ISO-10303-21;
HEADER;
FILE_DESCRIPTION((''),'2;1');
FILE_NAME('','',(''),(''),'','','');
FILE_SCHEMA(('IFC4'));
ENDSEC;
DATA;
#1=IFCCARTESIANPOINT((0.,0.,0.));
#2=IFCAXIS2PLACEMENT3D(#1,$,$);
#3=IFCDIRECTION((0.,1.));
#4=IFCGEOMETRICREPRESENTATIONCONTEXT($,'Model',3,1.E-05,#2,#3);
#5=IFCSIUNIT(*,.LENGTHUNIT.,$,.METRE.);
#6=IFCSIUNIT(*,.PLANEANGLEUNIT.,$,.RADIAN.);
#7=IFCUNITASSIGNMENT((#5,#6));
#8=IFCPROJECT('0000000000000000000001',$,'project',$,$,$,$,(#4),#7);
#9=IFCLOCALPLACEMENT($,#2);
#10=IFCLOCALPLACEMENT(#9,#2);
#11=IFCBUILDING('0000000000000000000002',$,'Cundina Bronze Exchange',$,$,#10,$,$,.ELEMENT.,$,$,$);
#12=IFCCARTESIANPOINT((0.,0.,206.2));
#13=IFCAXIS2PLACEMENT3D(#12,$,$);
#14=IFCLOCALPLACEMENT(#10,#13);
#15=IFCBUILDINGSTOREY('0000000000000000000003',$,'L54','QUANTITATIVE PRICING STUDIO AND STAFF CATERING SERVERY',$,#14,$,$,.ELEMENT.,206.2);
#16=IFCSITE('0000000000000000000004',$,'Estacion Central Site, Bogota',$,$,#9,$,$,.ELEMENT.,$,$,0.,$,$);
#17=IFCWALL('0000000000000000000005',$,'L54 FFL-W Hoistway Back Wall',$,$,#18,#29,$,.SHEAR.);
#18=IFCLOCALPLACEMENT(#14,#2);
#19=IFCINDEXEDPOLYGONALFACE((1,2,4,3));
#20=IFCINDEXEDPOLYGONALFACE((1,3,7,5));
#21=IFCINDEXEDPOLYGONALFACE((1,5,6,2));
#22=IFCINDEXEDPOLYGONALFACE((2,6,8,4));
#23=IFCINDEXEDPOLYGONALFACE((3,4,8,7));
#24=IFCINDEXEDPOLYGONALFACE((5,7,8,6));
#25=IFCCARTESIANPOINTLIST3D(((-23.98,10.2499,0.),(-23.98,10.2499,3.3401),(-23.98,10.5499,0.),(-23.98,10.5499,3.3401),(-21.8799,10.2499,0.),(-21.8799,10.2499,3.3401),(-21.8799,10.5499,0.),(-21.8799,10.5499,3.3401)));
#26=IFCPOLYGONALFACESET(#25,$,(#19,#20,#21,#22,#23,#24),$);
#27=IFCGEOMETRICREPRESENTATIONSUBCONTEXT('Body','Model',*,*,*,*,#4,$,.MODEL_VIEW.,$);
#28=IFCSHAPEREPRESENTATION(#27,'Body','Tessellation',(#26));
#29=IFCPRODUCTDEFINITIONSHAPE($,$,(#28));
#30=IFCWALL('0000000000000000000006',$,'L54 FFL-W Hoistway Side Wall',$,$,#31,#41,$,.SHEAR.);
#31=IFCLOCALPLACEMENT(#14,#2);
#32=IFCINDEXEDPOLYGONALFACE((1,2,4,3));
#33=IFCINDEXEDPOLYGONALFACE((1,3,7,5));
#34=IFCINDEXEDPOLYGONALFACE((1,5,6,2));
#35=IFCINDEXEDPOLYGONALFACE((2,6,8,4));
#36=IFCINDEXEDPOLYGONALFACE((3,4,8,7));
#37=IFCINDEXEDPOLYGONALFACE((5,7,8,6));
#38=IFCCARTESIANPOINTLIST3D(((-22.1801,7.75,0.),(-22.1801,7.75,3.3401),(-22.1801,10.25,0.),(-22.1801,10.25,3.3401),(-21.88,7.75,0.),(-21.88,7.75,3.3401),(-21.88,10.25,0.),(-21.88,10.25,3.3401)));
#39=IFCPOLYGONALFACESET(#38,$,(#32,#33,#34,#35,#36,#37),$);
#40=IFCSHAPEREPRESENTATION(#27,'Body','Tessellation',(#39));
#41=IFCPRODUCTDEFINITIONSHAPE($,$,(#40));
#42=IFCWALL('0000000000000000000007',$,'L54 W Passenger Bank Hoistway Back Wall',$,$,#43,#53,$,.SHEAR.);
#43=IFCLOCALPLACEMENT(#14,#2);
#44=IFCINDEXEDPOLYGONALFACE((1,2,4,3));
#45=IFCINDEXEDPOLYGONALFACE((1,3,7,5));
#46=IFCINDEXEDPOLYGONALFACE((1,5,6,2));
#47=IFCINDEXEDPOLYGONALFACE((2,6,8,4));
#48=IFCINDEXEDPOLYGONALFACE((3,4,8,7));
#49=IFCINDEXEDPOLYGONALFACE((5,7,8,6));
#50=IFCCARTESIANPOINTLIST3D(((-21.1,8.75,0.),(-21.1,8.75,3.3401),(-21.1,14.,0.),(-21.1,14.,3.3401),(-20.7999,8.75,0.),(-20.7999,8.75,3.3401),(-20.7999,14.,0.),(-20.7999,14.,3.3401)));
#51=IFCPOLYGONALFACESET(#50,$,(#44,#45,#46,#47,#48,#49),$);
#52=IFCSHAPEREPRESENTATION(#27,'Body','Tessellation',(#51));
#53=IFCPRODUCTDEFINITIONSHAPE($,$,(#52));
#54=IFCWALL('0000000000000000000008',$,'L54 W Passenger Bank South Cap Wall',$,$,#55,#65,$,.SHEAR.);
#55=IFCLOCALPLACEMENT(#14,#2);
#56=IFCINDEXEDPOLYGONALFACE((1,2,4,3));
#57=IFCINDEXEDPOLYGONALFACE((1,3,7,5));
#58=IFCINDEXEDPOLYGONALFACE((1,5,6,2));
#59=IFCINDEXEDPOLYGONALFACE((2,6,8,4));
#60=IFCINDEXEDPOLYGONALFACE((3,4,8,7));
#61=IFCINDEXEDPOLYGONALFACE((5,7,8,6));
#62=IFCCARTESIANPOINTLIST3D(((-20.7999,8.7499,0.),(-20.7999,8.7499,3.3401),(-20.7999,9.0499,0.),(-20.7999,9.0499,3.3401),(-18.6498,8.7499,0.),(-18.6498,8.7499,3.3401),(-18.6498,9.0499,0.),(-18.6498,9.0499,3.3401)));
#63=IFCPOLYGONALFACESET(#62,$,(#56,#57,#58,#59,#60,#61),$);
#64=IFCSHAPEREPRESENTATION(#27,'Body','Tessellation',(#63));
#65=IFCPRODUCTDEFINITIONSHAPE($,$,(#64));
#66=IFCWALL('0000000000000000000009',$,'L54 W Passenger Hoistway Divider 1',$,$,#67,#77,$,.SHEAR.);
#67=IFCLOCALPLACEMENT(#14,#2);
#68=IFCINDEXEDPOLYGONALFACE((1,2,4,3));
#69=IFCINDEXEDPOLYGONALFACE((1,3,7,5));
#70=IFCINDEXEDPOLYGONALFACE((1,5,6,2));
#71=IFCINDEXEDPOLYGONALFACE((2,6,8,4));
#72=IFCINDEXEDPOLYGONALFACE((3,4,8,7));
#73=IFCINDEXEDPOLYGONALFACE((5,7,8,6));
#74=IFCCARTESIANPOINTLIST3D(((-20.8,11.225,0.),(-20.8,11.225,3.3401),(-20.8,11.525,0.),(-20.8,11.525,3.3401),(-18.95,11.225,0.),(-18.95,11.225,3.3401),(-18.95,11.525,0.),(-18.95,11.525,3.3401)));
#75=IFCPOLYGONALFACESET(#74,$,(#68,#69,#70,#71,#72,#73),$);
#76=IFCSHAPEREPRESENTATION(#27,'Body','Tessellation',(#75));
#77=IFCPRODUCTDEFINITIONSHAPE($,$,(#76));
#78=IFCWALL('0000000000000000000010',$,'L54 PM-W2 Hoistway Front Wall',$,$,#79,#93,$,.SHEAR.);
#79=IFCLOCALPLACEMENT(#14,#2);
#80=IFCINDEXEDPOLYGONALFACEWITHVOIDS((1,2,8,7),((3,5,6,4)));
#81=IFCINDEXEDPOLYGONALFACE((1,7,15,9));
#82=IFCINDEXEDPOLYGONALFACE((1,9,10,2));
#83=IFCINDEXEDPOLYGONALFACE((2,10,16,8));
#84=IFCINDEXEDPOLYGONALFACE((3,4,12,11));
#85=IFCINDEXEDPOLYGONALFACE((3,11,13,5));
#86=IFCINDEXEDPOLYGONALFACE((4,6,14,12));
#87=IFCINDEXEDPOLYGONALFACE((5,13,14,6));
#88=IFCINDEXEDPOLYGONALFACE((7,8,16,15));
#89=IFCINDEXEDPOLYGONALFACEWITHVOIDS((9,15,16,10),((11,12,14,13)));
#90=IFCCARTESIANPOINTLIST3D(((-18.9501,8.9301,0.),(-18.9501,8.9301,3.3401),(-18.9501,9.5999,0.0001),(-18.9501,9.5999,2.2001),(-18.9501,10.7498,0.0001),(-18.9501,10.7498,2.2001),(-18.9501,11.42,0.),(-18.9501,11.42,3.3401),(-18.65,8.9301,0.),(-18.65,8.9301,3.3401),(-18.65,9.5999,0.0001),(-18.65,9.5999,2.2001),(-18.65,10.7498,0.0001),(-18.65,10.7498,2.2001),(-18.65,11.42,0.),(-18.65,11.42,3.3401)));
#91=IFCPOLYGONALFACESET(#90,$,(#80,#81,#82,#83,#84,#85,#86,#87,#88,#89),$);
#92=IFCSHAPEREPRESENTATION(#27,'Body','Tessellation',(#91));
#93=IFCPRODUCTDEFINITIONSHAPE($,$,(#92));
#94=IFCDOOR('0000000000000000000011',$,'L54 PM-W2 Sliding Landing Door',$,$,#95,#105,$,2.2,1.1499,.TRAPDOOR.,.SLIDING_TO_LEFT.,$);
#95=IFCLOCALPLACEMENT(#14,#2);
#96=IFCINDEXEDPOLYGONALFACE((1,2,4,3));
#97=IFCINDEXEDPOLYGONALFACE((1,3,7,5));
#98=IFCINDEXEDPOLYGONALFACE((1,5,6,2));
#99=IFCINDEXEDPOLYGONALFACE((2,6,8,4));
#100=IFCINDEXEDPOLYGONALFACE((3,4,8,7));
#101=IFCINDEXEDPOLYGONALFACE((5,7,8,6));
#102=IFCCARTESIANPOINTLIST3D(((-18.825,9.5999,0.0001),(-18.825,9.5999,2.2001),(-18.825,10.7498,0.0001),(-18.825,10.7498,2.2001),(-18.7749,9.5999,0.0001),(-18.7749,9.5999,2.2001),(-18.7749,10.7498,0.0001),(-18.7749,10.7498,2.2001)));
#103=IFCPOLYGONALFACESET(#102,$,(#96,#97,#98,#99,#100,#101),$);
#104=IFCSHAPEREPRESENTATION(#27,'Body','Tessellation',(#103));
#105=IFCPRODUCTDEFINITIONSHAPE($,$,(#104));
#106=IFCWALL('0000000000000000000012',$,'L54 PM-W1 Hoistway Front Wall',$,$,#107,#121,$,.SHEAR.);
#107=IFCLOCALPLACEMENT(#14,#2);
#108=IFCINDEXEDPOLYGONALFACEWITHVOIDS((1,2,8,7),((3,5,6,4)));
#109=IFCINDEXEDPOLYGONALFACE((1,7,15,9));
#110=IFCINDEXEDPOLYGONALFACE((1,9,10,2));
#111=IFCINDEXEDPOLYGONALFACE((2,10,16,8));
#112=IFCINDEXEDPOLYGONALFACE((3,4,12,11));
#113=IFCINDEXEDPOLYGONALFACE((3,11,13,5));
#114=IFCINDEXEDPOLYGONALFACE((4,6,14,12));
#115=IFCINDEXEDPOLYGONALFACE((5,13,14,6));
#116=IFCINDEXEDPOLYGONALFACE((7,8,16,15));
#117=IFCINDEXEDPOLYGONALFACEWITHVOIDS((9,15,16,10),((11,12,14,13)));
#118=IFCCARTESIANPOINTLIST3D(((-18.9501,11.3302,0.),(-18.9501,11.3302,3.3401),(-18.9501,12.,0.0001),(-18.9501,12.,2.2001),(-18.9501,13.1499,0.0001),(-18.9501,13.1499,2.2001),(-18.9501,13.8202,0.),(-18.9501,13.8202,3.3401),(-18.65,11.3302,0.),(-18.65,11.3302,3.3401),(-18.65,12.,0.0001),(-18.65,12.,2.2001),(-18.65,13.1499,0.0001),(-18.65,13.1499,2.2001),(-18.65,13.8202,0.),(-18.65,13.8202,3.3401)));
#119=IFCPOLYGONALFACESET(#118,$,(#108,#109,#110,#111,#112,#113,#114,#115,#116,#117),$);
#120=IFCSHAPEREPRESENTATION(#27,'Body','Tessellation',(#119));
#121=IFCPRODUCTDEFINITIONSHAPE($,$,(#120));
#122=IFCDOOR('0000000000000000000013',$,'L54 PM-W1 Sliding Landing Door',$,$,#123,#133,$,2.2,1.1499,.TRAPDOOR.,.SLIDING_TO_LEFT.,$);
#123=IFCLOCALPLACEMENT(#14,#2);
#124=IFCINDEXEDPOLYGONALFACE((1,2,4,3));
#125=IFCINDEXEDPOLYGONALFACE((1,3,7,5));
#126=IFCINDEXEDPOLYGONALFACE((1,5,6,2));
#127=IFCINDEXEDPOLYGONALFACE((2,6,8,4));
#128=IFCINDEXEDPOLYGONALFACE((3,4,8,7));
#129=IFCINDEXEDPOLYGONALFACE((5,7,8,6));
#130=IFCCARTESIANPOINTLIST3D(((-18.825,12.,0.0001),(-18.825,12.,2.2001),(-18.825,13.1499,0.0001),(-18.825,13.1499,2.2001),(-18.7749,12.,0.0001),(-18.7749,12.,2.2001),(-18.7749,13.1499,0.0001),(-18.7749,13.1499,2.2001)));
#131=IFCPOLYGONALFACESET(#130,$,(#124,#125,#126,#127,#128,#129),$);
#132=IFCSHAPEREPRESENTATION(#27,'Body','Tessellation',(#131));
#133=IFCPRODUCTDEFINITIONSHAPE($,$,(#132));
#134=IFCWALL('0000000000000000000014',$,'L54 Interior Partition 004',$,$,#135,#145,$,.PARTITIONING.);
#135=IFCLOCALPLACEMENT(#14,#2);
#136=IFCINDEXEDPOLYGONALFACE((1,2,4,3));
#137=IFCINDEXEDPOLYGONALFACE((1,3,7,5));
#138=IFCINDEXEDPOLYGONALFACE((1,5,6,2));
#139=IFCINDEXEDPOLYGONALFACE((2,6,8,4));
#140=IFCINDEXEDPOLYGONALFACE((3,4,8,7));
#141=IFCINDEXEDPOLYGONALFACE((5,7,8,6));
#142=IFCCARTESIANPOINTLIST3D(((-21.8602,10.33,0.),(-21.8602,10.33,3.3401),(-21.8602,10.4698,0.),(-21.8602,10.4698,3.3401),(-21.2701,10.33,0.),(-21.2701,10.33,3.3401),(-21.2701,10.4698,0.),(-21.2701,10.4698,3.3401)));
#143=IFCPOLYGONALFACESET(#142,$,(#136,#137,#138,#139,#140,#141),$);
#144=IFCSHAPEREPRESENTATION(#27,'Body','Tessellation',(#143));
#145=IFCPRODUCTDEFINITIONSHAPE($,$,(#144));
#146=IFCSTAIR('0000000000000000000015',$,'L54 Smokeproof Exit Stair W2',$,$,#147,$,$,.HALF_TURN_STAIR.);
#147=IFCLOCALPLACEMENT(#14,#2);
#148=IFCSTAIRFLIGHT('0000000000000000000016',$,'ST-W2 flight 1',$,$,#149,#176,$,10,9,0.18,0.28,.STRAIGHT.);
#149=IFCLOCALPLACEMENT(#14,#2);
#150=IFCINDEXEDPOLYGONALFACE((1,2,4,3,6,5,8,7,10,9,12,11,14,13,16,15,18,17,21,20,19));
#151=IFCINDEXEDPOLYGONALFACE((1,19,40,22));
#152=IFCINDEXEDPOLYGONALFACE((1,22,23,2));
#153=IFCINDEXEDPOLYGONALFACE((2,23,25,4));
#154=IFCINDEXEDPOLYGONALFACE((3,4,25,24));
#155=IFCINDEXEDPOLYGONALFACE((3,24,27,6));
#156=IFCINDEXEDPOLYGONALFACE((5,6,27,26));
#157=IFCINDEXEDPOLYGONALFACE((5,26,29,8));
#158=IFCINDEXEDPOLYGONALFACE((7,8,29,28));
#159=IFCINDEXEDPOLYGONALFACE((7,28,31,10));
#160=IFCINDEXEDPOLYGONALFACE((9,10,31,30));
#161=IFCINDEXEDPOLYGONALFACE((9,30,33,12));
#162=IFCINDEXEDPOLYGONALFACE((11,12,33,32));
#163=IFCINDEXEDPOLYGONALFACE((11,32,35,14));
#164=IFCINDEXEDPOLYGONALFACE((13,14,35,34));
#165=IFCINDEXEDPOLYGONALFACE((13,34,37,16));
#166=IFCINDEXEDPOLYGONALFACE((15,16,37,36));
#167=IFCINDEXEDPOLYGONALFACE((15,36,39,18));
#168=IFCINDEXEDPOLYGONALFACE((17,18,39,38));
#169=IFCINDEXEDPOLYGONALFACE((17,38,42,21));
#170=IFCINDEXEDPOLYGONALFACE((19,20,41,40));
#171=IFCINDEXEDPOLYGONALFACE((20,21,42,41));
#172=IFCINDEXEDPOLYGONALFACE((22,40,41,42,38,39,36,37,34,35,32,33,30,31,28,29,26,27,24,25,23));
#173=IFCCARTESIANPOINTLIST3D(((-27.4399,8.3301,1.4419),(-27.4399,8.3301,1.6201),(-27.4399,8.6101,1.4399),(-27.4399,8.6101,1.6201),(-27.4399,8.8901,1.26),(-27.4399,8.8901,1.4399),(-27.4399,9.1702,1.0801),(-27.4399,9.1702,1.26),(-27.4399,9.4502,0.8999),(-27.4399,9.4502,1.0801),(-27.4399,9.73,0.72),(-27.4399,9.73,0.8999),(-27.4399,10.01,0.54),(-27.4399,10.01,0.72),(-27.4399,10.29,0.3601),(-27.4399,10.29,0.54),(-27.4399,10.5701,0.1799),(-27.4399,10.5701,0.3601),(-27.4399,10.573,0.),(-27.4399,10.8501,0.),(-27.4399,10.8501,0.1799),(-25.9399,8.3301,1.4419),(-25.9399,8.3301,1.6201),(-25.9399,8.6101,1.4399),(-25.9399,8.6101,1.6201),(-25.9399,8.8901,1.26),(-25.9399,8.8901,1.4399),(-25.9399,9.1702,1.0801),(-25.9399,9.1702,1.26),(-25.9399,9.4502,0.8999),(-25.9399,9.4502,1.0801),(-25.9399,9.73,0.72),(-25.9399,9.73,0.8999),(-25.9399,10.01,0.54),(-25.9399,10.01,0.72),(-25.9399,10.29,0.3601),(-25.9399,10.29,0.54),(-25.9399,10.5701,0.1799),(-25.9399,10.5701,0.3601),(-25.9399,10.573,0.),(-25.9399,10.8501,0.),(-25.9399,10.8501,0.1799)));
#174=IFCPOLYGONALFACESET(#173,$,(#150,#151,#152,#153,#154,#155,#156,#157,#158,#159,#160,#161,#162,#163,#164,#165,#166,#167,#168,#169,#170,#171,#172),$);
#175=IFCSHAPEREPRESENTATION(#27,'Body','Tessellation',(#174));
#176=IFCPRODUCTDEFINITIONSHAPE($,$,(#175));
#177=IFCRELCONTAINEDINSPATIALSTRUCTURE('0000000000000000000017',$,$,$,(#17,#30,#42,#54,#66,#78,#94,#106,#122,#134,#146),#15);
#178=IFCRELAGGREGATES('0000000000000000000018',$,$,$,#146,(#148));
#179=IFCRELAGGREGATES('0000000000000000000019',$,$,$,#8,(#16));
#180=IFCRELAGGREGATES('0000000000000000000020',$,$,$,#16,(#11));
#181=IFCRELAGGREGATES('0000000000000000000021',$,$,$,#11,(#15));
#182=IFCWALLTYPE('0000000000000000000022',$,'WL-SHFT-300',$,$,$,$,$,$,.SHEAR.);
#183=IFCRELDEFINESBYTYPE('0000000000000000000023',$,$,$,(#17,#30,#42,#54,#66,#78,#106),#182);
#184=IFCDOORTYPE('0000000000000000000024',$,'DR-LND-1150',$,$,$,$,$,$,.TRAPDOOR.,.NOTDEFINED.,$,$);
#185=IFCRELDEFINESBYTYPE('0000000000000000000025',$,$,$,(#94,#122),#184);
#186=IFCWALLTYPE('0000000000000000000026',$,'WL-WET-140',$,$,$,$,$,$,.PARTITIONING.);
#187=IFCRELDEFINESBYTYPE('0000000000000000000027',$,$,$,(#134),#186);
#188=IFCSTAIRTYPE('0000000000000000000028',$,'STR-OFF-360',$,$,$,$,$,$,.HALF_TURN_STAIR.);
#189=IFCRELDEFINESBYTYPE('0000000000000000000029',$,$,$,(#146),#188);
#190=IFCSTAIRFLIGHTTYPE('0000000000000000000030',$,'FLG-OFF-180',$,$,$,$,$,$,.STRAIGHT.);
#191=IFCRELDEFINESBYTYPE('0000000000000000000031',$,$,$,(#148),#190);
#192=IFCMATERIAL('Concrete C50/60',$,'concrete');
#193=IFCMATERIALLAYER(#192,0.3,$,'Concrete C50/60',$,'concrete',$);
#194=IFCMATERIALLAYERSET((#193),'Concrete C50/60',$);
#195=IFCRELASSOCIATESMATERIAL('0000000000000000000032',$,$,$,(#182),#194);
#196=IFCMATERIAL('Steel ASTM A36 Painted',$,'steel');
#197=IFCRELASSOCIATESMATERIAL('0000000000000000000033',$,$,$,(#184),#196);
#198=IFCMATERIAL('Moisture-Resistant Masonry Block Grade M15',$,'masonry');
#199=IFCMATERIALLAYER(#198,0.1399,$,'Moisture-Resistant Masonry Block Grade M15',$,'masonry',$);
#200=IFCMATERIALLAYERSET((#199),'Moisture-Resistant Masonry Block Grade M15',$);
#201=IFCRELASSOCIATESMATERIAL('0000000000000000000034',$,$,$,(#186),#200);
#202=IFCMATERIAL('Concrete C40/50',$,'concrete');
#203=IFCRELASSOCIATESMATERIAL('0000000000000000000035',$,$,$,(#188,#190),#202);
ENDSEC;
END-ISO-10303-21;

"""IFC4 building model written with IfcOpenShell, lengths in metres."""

from ifc_helpers import new_model, si_unit, direction, frame, frame_2d, origin, place, context, subcontext, project, spatial, polyline, rectangle, outline, extrude, material, layer, layer_set, type_object, element, fill, aggregate, save


model = new_model("IFC4")

# Units and contexts
model_context = context("Model", 3, precision=1e-05, world=origin(), true_north=direction((0.0, 1.0)))
body_context = subcontext(model_context, "Body", "Model", "MODEL_VIEW")
ifc_project = project(units=[si_unit("LENGTHUNIT", "METRE"), si_unit("PLANEANGLEUNIT", "RADIAN")], contexts=[model_context])

# Site, building, storey
site_placement = place(None, origin())
site = spatial("IfcSite", under=ifc_project, at=site_placement, Name="Estacion Central Site, Bogota", CompositionType="ELEMENT", RefElevation=0.0)
building_placement = place(site_placement, origin())
building = spatial("IfcBuilding", under=site, at=building_placement, Name="Cundina Bronze Exchange", CompositionType="ELEMENT")
storey_placement = place(building_placement, frame((0.0, 0.0, 206.2)))
storey = spatial("IfcBuildingStorey", under=building, at=storey_placement, Name="L54", Description="QUANTITATIVE PRICING STUDIO AND STAFF CATERING SERVERY", CompositionType="ELEMENT", Elevation=206.2)

# Shared definitions
ifc_material_1 = material(Name="Concrete C50/60", Category="concrete")

# Shared definitions
ifc_layer_1 = layer(ifc_material_1, 0.3, Name="Concrete C50/60", Category="concrete")
ifc_layer_set_1 = layer_set([ifc_layer_1], Name="Concrete C50/60")
wall_type_1 = type_object("IfcWallType", Name="WL-SHFT-300", PredefinedType="SHEAR", material=ifc_layer_set_1)
ifc_material_2 = material(Name="Steel ASTM A36 Painted", Category="steel")
door_type_1 = type_object("IfcDoorType", Name="DR-LND-1150", OperationType="NOTDEFINED", PredefinedType="TRAPDOOR", material=ifc_material_2)

# Walls
wall_1_placement = place(storey_placement, frame((-23.98, 10.3999, 0.0), z_axis=(0.0, 0.0, 1.0), x_axis=(1.0, 0.0, 0.0)))
element("IfcWall", 1, at=wall_1_placement, inside=storey, type_object=wall_type_1, Name="L54 FFL-W Hoistway Back Wall", PredefinedType="SHEAR", context=body_context, shape_type="SweptSolid", body=[
    extrude(rectangle(XDim=2.1001, YDim=0.3, at=frame_2d((1.05, 0.0))), origin(), (0.0, 0.0, 1.0), 3.3401),
])
wall_2_placement = place(storey_placement, frame((-22.03, 7.75, 0.0), z_axis=(0.0, 0.0, 1.0), x_axis=(0.0, 1.0, 0.0)))
element("IfcWall", 2, at=wall_2_placement, inside=storey, type_object=wall_type_1, Name="L54 FFL-W Hoistway Side Wall", PredefinedType="SHEAR", context=body_context, shape_type="SweptSolid", body=[
    extrude(rectangle(XDim=2.5, YDim=0.3, at=frame_2d((1.25, 0.0))), origin(), (0.0, 0.0, 1.0), 3.3401),
])
wall_3_placement = place(storey_placement, frame((-20.95, 8.75, 0.0), z_axis=(0.0, 0.0, 1.0), x_axis=(0.0, 1.0, 0.0)))
element("IfcWall", 3, at=wall_3_placement, inside=storey, type_object=wall_type_1, Name="L54 W Passenger Bank Hoistway Back Wall", PredefinedType="SHEAR", context=body_context, shape_type="SweptSolid", body=[
    extrude(rectangle(XDim=5.25, YDim=0.3, at=frame_2d((2.625, 0.0))), origin(), (0.0, 0.0, 1.0), 3.3401),
])
wall_4_placement = place(storey_placement, frame((-20.8, 8.8999, 0.0), z_axis=(0.0, 0.0, 1.0), x_axis=(1.0, 0.0, 0.0)))
element("IfcWall", 4, at=wall_4_placement, inside=storey, type_object=wall_type_1, Name="L54 W Passenger Bank South Cap Wall", PredefinedType="SHEAR", context=body_context, shape_type="SweptSolid", body=[
    extrude(rectangle(XDim=2.1501, YDim=0.3, at=frame_2d((1.0752, 0.0))), origin(), (0.0, 0.0, 1.0), 3.3401),
])
wall_5_placement = place(storey_placement, frame((-20.8, 11.375, 0.0), z_axis=(0.0, 0.0, 1.0), x_axis=(1.0, 0.0, 0.0)))
element("IfcWall", 5, at=wall_5_placement, inside=storey, type_object=wall_type_1, Name="L54 W Passenger Hoistway Divider 1", PredefinedType="SHEAR", context=body_context, shape_type="SweptSolid", body=[
    extrude(rectangle(XDim=1.8501, YDim=0.3, at=frame_2d((0.925, 0.0))), origin(), (0.0, 0.0, 1.0), 3.3401),
])

# Walls, openings, doors
wall_6_placement = place(storey_placement, frame((-18.8, 8.9299, 0.0), z_axis=(0.0, 0.0, 1.0), x_axis=(0.0, 1.0, 0.0)))
wall_6 = element("IfcWall", 6, at=wall_6_placement, inside=storey, type_object=wall_type_1, Name="L54 PM-W2 Hoistway Front Wall", PredefinedType="SHEAR", context=body_context, shape_type="SweptSolid", body=[
    extrude(rectangle(XDim=2.49, YDim=0.3, at=frame_2d((1.2451, 0.0))), origin(), (0.0, 0.0, 1.0), 3.3401),
])
opening_1_placement = place(wall_6_placement, frame((0.6699, 0.0, 0.0)))
opening_1 = element("IfcOpeningElement", 7, at=opening_1_placement, cuts=wall_6, PredefinedType="OPENING", context=body_context, shape_type="SweptSolid", body=[
    extrude(rectangle(XDim=1.1499, YDim=2.2, at=frame_2d((0.575, 1.1001))), frame((0.0, 0.1599, 0.0), z_axis=(0.0, -1.0, 0.0), x_axis=(1.0, 0.0, 0.0)), (0.0, 0.0, 1.0), 0.3201),
])
door_1_placement = place(opening_1_placement, origin())
door_1 = element("IfcDoor", 8, at=door_1_placement, inside=storey, type_object=door_type_1, Name="L54 PM-W2 Sliding Landing Door", OperationType="SLIDING_TO_LEFT", OverallHeight=2.2, OverallWidth=1.1499, PredefinedType="TRAPDOOR", context=body_context, shape_type="SweptSolid", body=[
    extrude(rectangle(XDim=1.1499, YDim=2.2, at=frame_2d((0.575, 1.1001))), frame((0.0, 0.0249, 0.0), z_axis=(0.0, -1.0, 0.0), x_axis=(1.0, 0.0, 0.0)), (0.0, 0.0, 1.0), 0.05),
])
fill(opening_1, door_1)
wall_7_placement = place(storey_placement, frame((-18.8, 11.3301, 0.0), z_axis=(0.0, 0.0, 1.0), x_axis=(0.0, 1.0, 0.0)))
wall_7 = element("IfcWall", 9, at=wall_7_placement, inside=storey, type_object=wall_type_1, Name="L54 PM-W1 Hoistway Front Wall", PredefinedType="SHEAR", context=body_context, shape_type="SweptSolid", body=[
    extrude(rectangle(XDim=2.49, YDim=0.3, at=frame_2d((1.2451, 0.0))), origin(), (0.0, 0.0, 1.0), 3.3401),
])
opening_2_placement = place(wall_7_placement, frame((0.6699, 0.0, 0.0)))
opening_2 = element("IfcOpeningElement", 10, at=opening_2_placement, cuts=wall_7, PredefinedType="OPENING", context=body_context, shape_type="SweptSolid", body=[
    extrude(rectangle(XDim=1.1499, YDim=2.2, at=frame_2d((0.575, 1.1001))), frame((0.0, 0.1599, 0.0), z_axis=(0.0, -1.0, 0.0), x_axis=(1.0, 0.0, 0.0)), (0.0, 0.0, 1.0), 0.3201),
])
door_2_placement = place(opening_2_placement, origin())
door_2 = element("IfcDoor", 11, at=door_2_placement, inside=storey, type_object=door_type_1, Name="L54 PM-W1 Sliding Landing Door", OperationType="SLIDING_TO_LEFT", OverallHeight=2.2, OverallWidth=1.1499, PredefinedType="TRAPDOOR", context=body_context, shape_type="SweptSolid", body=[
    extrude(rectangle(XDim=1.1499, YDim=2.2, at=frame_2d((0.575, 1.1001))), frame((0.0, 0.0249, 0.0), z_axis=(0.0, -1.0, 0.0), x_axis=(1.0, 0.0, 0.0)), (0.0, 0.0, 1.0), 0.05),
])
fill(opening_2, door_2)

# Wall
ifc_material_3 = material(Name="Moisture-Resistant Masonry Block Grade M15", Category="masonry")
ifc_layer_2 = layer(ifc_material_3, 0.1399, Name="Moisture-Resistant Masonry Block Grade M15", Category="masonry")
ifc_layer_set_2 = layer_set([ifc_layer_2], Name="Moisture-Resistant Masonry Block Grade M15")
wall_type_2 = type_object("IfcWallType", Name="WL-WET-140", PredefinedType="PARTITIONING", material=ifc_layer_set_2)
wall_8_placement = place(storey_placement, frame((-21.8601, 10.3999, 0.0), z_axis=(0.0, 0.0, 1.0), x_axis=(1.0, 0.0, 0.0)))
element("IfcWall", 12, at=wall_8_placement, inside=storey, type_object=wall_type_2, Name="L54 Interior Partition 004", PredefinedType="PARTITIONING", context=body_context, shape_type="SweptSolid", body=[
    extrude(rectangle(XDim=0.5901, YDim=0.1399, at=frame_2d((0.2949, 0.0))), origin(), (0.0, 0.0, 1.0), 3.3401),
])

# Stair, stair flight
ifc_material_4 = material(Name="Concrete C40/50", Category="concrete")
stair_type = type_object("IfcStairType", Name="STR-OFF-360", PredefinedType="HALF_TURN_STAIR", material=ifc_material_4)
stair_placement = place(storey_placement, origin())
stair = element("IfcStair", 13, at=stair_placement, inside=storey, type_object=stair_type, Name="L54 Smokeproof Exit Stair W2", PredefinedType="HALF_TURN_STAIR")
stair_flight_type = type_object("IfcStairFlightType", Name="FLG-OFF-180", PredefinedType="STRAIGHT", material=ifc_material_4)
stair_flight_1_placement = place(storey_placement, frame((-26.6899, 10.8501, 0.0), z_axis=(0.0, 0.0, 1.0), x_axis=(0.0, -1.0, 0.0)))
stair_flight_1 = element("IfcStairFlight", 14, at=stair_flight_1_placement, type_object=stair_flight_type, Name="ST-W2 flight 1", NumberOfRisers=10, NumberOfTreads=9, PredefinedType="STRAIGHT", RiserHeight=0.18, TreadLength=0.28, context=body_context, shape_type="SweptSolid", body=[
    extrude(outline(polyline([(0.0, 0.0), (0.0, 0.1799), (0.28, 0.1799), (0.28, 0.3601), (0.5601, 0.3601), (0.5601, 0.54), (0.8401, 0.54), (0.8401, 0.72), (1.1201, 0.72), (1.1201, 0.8999), (1.3999, 0.8999), (1.3999, 1.0801), (1.6799, 1.0801), (1.6799, 1.26), (1.96, 1.26), (1.96, 1.4399), (2.24, 1.4399), (2.24, 1.6201), (2.52, 1.6201), (2.52, 1.8), (2.52, 1.4419), (0.2771, 0.0), (0.0, 0.0)])), frame((0.0, 0.75, 0.0), z_axis=(0.0, -1.0, 0.0), x_axis=(1.0, 0.0, 0.0)), (0.0, 0.0, 1.0), 1.5),
])
aggregate(stair, [stair_flight_1])

save(model, "model.ifc")
